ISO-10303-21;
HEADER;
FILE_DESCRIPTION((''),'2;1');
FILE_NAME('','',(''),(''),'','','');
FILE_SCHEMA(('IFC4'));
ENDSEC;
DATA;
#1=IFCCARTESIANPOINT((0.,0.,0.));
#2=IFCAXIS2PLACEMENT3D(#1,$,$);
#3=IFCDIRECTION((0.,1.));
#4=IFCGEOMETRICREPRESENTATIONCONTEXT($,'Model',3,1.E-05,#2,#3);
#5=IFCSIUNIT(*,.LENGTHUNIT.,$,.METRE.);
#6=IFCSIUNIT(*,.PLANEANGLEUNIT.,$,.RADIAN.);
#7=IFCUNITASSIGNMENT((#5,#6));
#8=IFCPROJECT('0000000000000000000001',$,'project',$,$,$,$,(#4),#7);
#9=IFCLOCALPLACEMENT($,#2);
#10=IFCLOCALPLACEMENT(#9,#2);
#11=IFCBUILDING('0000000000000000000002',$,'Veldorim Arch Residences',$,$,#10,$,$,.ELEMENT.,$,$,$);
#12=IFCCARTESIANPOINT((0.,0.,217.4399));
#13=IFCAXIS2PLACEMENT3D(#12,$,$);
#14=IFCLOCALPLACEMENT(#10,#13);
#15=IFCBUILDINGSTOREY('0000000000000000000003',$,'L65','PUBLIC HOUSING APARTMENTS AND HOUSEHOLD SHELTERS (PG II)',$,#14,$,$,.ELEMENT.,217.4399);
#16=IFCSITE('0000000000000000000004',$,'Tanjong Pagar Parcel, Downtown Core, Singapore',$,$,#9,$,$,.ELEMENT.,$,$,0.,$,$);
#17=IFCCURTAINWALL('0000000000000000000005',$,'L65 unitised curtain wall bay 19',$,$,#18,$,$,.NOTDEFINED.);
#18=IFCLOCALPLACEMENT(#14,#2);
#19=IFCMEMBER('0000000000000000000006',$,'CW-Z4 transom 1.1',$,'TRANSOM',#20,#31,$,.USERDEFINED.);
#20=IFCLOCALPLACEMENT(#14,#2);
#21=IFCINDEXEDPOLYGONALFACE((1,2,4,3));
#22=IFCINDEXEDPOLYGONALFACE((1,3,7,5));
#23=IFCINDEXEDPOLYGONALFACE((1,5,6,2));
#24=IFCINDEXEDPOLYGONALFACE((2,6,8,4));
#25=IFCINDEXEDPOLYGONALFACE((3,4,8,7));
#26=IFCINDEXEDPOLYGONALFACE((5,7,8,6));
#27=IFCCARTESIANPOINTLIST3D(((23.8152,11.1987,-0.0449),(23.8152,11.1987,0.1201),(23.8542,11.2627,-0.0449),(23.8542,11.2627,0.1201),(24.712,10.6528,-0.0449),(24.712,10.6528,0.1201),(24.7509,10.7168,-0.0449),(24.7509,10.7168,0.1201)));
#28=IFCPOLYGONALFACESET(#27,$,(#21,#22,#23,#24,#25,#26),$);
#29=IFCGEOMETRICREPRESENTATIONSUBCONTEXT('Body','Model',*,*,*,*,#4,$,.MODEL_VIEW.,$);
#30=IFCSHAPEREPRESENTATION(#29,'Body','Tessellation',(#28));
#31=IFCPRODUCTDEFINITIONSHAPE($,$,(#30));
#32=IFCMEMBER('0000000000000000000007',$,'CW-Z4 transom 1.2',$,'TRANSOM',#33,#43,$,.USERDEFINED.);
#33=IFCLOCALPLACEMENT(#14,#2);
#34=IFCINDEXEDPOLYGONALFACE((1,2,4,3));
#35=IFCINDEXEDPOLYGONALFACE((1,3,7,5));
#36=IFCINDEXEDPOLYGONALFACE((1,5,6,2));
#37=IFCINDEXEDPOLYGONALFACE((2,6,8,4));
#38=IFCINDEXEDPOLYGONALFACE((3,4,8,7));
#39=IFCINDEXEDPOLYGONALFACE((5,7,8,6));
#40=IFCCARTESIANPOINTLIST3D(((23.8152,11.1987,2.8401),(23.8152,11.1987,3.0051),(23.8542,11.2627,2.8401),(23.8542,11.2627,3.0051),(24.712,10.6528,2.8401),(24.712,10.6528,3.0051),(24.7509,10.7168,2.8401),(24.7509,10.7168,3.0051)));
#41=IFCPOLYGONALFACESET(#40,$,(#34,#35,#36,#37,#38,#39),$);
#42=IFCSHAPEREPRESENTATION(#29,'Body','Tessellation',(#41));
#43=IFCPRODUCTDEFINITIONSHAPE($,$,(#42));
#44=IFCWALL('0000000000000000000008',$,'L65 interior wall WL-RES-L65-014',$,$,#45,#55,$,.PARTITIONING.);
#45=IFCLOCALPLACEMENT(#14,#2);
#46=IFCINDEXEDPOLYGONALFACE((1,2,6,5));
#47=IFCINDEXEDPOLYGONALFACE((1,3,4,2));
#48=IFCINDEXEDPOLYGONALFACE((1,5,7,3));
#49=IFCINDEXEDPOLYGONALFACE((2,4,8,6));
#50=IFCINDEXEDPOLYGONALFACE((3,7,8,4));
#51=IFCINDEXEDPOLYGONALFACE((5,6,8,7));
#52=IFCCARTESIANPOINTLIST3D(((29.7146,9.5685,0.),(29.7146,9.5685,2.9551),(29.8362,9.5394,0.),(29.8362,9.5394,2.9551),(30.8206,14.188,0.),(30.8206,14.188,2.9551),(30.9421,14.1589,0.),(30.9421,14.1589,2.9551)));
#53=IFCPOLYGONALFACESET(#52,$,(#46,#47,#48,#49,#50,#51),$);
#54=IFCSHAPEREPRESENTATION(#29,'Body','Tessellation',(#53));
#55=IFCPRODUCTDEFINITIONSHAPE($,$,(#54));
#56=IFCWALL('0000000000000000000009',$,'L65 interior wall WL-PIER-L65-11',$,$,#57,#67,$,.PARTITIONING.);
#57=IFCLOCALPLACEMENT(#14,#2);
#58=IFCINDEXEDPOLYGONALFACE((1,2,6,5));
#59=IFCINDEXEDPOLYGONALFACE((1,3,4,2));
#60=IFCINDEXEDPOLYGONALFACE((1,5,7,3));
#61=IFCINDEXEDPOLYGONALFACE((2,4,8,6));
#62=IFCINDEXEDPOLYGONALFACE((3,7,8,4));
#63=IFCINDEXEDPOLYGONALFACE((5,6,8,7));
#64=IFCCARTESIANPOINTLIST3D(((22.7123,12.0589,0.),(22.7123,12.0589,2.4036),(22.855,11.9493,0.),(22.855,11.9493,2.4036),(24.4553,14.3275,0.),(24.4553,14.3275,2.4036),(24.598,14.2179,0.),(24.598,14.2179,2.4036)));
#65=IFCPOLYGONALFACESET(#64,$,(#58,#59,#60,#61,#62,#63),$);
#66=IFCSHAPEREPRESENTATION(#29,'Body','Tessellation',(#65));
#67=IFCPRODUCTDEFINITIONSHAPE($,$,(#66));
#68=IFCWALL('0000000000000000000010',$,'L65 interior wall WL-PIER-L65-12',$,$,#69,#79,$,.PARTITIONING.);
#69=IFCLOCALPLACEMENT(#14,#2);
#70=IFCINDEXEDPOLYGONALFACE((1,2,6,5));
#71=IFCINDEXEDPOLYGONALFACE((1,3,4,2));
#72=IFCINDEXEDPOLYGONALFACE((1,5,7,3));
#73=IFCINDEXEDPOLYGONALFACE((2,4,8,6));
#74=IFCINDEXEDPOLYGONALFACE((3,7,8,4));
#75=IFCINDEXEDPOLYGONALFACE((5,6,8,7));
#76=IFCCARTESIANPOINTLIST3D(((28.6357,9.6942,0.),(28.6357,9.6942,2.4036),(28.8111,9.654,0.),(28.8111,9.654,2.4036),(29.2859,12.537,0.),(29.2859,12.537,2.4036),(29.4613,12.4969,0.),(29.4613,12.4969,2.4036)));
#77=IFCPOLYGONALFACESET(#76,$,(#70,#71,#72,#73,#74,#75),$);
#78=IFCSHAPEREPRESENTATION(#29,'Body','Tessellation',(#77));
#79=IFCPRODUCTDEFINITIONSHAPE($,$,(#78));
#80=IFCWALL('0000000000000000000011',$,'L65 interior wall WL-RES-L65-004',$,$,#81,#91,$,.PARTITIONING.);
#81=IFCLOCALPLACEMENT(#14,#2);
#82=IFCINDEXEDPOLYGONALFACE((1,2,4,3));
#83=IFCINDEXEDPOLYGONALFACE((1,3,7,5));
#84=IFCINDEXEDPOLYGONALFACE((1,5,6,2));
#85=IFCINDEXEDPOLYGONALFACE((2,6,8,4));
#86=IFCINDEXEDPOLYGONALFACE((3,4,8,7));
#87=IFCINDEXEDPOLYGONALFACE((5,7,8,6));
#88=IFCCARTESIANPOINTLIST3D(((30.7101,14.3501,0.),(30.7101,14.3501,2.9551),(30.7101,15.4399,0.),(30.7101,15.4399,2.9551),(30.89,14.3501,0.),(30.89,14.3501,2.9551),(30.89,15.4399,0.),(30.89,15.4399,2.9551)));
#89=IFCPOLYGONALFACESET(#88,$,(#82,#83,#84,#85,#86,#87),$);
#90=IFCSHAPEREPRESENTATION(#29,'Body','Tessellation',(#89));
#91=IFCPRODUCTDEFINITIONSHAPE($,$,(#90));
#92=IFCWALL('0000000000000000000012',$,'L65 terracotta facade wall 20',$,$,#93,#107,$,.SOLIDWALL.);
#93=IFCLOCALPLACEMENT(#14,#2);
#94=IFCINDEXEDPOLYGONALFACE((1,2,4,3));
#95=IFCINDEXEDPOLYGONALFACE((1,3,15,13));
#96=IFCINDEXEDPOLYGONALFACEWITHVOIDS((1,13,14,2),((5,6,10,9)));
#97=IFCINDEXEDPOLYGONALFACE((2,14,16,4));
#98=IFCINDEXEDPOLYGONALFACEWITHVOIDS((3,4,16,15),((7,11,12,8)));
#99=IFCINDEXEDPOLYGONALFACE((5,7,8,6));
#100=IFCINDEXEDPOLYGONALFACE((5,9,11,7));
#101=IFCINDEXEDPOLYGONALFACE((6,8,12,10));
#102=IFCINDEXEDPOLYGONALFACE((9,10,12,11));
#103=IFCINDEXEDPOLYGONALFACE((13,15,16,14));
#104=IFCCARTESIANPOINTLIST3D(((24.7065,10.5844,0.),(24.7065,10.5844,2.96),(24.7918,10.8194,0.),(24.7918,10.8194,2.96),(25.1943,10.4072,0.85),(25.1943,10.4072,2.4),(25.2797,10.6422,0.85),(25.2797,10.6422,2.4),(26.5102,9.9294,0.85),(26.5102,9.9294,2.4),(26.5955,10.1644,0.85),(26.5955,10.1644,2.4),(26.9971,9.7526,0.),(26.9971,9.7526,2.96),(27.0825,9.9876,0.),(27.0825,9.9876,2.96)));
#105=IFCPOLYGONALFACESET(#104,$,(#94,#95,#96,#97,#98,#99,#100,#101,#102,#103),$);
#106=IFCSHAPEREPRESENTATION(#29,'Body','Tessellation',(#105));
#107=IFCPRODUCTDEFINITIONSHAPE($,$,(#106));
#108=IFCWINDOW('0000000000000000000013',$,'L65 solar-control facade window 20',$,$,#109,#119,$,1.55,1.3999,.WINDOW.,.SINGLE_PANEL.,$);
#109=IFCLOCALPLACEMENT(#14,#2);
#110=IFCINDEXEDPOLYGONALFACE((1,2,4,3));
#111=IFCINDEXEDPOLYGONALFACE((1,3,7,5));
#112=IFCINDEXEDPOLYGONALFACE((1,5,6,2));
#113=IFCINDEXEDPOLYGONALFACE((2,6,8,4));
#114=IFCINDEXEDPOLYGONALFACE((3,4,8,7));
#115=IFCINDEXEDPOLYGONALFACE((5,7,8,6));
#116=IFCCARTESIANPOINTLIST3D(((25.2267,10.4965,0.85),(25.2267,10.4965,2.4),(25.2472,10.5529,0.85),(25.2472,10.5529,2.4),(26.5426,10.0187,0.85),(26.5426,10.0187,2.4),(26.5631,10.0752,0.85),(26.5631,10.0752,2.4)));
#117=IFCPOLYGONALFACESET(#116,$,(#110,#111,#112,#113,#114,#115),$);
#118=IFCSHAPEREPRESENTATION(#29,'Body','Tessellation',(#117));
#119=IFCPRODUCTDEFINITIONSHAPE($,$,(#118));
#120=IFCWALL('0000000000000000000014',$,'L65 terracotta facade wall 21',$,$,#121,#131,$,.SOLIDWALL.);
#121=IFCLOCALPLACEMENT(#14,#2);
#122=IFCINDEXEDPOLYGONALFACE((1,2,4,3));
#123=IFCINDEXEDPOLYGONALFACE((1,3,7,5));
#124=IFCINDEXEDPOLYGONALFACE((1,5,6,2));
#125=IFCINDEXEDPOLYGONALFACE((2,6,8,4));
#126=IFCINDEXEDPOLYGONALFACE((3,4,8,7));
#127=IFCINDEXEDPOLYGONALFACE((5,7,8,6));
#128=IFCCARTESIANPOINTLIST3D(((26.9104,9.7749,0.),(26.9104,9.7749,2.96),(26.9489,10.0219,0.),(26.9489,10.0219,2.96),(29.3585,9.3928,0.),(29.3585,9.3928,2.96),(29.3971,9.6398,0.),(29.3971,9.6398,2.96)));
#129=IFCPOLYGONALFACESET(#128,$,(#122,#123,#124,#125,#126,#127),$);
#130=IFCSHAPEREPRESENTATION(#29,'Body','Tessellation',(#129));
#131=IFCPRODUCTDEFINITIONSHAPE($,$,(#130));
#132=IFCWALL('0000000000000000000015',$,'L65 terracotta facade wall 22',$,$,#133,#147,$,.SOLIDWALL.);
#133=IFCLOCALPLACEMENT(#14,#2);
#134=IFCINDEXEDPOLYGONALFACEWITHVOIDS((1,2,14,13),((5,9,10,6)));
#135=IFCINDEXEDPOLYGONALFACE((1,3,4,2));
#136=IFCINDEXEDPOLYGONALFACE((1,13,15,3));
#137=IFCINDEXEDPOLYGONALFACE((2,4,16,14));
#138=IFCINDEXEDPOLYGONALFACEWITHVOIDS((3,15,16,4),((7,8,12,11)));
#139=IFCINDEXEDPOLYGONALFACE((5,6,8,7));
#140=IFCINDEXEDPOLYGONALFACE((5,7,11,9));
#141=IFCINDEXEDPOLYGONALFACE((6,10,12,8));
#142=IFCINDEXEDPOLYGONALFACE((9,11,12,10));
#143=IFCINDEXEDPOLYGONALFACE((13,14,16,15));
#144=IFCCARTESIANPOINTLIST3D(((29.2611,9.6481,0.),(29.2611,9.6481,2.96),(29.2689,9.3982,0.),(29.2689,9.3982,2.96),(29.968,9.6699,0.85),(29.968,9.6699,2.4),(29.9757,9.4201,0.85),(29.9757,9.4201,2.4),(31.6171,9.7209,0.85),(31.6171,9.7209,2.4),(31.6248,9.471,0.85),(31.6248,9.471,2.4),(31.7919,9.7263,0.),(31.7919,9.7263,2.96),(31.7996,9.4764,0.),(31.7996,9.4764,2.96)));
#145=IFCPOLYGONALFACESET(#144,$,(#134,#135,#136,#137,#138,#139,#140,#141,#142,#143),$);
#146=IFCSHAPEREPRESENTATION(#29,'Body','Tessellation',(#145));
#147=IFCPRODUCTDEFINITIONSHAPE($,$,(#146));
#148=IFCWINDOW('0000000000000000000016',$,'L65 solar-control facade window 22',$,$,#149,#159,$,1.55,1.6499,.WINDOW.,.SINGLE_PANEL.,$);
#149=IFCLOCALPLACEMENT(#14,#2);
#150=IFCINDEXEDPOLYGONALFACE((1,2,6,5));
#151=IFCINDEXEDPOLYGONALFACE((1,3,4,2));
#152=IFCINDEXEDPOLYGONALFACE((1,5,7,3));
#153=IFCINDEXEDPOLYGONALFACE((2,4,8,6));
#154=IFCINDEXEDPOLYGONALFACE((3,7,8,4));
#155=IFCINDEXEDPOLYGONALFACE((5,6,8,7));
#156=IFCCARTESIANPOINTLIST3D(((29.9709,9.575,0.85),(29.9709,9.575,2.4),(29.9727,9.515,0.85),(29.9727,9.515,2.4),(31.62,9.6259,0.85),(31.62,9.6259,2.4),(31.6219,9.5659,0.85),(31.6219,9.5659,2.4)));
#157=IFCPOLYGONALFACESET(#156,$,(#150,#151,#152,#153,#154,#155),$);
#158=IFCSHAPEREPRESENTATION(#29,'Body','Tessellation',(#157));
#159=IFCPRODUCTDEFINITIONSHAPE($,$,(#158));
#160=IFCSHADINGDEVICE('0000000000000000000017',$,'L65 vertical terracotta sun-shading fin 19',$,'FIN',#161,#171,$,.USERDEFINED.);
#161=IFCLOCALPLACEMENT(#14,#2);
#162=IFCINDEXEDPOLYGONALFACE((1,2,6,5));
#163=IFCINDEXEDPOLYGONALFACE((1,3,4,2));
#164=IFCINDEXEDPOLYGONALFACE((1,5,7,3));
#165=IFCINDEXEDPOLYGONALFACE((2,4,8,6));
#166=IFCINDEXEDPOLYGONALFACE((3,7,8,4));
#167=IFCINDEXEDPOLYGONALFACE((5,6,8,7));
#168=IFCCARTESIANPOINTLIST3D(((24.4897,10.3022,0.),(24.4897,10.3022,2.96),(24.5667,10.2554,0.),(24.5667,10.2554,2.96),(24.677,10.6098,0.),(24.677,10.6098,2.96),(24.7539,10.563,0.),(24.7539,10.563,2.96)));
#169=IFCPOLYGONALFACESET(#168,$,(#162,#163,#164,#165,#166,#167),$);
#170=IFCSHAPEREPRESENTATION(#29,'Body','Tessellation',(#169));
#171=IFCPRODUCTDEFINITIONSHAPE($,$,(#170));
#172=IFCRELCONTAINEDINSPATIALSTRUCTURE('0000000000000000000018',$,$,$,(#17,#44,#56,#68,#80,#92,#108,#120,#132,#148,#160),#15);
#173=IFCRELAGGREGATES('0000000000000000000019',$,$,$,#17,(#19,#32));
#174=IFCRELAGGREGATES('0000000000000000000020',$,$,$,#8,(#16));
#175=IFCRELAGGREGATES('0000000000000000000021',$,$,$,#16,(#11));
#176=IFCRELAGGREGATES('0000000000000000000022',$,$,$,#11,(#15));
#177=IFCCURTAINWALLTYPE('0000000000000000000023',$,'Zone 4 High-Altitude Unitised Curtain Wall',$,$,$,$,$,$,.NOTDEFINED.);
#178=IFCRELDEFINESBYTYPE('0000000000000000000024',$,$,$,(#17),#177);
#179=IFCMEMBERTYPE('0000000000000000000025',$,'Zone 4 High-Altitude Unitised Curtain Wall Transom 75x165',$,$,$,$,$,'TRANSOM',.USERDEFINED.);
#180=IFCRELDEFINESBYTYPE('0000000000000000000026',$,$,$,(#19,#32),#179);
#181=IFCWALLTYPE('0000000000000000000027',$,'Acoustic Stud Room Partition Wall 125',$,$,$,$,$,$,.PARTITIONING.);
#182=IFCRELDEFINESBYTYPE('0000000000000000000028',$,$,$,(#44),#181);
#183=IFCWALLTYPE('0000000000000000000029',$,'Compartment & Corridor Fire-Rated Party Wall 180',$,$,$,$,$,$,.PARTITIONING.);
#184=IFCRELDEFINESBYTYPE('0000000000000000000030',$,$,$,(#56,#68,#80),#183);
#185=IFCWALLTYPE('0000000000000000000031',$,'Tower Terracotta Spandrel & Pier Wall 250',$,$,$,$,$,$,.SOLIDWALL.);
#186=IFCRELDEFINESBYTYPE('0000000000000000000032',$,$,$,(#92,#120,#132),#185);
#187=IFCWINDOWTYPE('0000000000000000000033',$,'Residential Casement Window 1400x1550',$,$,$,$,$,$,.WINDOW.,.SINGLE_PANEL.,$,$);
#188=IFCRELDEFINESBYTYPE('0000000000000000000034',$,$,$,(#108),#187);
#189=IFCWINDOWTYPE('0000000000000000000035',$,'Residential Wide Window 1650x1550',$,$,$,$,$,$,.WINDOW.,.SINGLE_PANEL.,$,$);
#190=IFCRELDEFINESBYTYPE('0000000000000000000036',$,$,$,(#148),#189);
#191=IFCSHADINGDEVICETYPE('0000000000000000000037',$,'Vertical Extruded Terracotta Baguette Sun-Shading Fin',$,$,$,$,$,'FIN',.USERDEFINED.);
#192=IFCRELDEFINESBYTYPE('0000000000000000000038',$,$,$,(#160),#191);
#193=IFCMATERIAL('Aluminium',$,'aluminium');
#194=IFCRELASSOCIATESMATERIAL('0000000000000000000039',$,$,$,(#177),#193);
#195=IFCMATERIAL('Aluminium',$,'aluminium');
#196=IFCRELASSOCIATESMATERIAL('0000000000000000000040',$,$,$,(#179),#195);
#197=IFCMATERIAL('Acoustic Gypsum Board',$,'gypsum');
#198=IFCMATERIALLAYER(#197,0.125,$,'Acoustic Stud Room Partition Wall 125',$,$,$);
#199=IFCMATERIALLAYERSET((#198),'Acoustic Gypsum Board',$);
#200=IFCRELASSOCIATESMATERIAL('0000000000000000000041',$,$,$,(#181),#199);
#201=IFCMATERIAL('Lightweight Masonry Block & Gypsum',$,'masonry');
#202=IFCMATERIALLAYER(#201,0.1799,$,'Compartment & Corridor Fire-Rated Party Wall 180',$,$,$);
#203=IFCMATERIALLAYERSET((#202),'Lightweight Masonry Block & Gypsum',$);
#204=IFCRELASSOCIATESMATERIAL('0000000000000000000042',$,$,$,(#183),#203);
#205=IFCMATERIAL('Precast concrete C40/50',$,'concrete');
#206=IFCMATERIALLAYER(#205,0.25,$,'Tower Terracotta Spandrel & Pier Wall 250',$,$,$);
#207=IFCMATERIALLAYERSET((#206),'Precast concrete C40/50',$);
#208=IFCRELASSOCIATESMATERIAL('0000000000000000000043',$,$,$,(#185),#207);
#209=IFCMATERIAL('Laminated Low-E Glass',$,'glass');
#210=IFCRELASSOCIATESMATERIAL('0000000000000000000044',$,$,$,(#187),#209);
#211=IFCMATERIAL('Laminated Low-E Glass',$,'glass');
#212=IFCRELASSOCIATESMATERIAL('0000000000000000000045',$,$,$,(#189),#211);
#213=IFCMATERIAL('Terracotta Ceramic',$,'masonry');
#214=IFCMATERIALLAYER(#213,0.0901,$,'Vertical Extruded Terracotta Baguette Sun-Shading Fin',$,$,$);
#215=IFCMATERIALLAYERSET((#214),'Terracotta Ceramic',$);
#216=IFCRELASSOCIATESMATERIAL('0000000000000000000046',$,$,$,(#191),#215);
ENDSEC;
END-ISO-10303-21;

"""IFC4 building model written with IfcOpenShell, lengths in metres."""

from ifc_helpers import new_model, si_unit, direction, frame, frame_2d, origin, origin_2d, place, context, subcontext, project, spatial, rectangle, extrude, material, layer, layer_set, material_profile, profile_set, type_object, element, fill, aggregate, save


model = new_model("IFC4")

# Units and contexts
model_context = context("Model", 3, precision=1e-05, world=origin(), true_north=direction((0.0, 1.0)))
body_context = subcontext(model_context, "Body", "Model", "MODEL_VIEW")
ifc_project = project(units=[si_unit("LENGTHUNIT", "METRE"), si_unit("PLANEANGLEUNIT", "RADIAN")], contexts=[model_context])

# Site, building, storey
site_placement = place(None, origin())
site = spatial("IfcSite", under=ifc_project, at=site_placement, Name="Tanjong Pagar Parcel, Downtown Core, Singapore", CompositionType="ELEMENT", RefElevation=0.0)
building_placement = place(site_placement, origin())
building = spatial("IfcBuilding", under=site, at=building_placement, Name="Veldorim Arch Residences", CompositionType="ELEMENT")
storey_placement = place(building_placement, frame((0.0, 0.0, 217.4399)))
storey = spatial("IfcBuildingStorey", under=building, at=storey_placement, Name="L65", Description="PUBLIC HOUSING APARTMENTS AND HOUSEHOLD SHELTERS (PG II)", CompositionType="ELEMENT", Elevation=217.4399)

# Curtain wall, members
ifc_material_1 = material(Name="Aluminium", Category="aluminium")
curtain_wall_type = type_object("IfcCurtainWallType", Name="Zone 4 High-Altitude Unitised Curtain Wall", PredefinedType="NOTDEFINED", material=ifc_material_1)
curtain_wall_placement = place(storey_placement, origin())
curtain_wall = element("IfcCurtainWall", 1, at=curtain_wall_placement, inside=storey, type_object=curtain_wall_type, Name="L65 unitised curtain wall bay 19", PredefinedType="NOTDEFINED")
ifc_material_2 = material(Name="Aluminium", Category="aluminium")
ifc_material_profile_1 = material_profile(ifc_material_2, rectangle(XDim=0.075, YDim=0.165, at=origin_2d()), Name="ALU_TRN_75x165")
ifc_profile_set_1 = profile_set([ifc_material_profile_1], Name="Aluminium")
member_type_1 = type_object("IfcMemberType", Name="Zone 4 High-Altitude Unitised Curtain Wall Transom 75x165", ElementType="TRANSOM", PredefinedType="USERDEFINED", material=ifc_profile_set_1)
member_1_placement = place(storey_placement, frame((24.7314, 10.6848, 0.0376), z_axis=(-0.854172, 0.519991, 0.0), x_axis=(-0.519991, -0.854172, 0.0)))
member_1 = element("IfcMember", 2, at=member_1_placement, type_object=member_type_1, Name="CW-Z4 transom 1.1", ObjectType="TRANSOM", PredefinedType="USERDEFINED", context=body_context, shape_type="SweptSolid", body=[
    extrude(rectangle(XDim=0.075, YDim=0.165, at=origin_2d()), origin(), (0.0, 0.0, 1.0), 1.0498),
])
member_2_placement = place(storey_placement, frame((24.7314, 10.6848, 2.9226), z_axis=(-0.854172, 0.519991, 0.0), x_axis=(-0.519991, -0.854172, 0.0)))
member_2 = element("IfcMember", 3, at=member_2_placement, type_object=member_type_1, Name="CW-Z4 transom 1.2", ObjectType="TRANSOM", PredefinedType="USERDEFINED", context=body_context, shape_type="SweptSolid", body=[
    extrude(rectangle(XDim=0.075, YDim=0.165, at=origin_2d()), origin(), (0.0, 0.0, 1.0), 1.0498),
])
aggregate(curtain_wall, [member_1, member_2])

# Walls
ifc_material_3 = material(Name="Acoustic Gypsum Board", Category="gypsum")
ifc_layer_1 = layer(ifc_material_3, 0.125, Name="Acoustic Stud Room Partition Wall 125")
ifc_layer_set_1 = layer_set([ifc_layer_1], Name="Acoustic Gypsum Board")
wall_type_1 = type_object("IfcWallType", Name="Acoustic Stud Room Partition Wall 125", PredefinedType="PARTITIONING", material=ifc_layer_set_1)
wall_1_placement = place(storey_placement, frame((29.7754, 9.554, 0.0), z_axis=(0.0, 0.0, 1.0), x_axis=(0.232836, 0.972516, 0.0)))
element("IfcWall", 4, at=wall_1_placement, inside=storey, type_object=wall_type_1, Name="L65 interior wall WL-RES-L65-014", PredefinedType="PARTITIONING", context=body_context, shape_type="SweptSolid", body=[
    extrude(rectangle(XDim=4.75, YDim=0.125, at=frame_2d((2.375, 0.0))), origin(), (0.0, 0.0, 1.0), 2.9551),
])
ifc_material_4 = material(Name="Lightweight Masonry Block & Gypsum", Category="masonry")
ifc_layer_2 = layer(ifc_material_4, 0.1799, Name="Compartment & Corridor Fire-Rated Party Wall 180")
ifc_layer_set_2 = layer_set([ifc_layer_2], Name="Lightweight Masonry Block & Gypsum")
wall_type_2 = type_object("IfcWallType", Name="Compartment & Corridor Fire-Rated Party Wall 180", PredefinedType="PARTITIONING", material=ifc_layer_set_2)
wall_2_placement = place(storey_placement, frame((24.5266, 14.2727, 0.0), z_axis=(0.0, 0.0, 1.0), x_axis=(-0.609245, -0.792982, 0.0)))
element("IfcWall", 5, at=wall_2_placement, inside=storey, type_object=wall_type_2, Name="L65 interior wall WL-PIER-L65-11", PredefinedType="PARTITIONING", context=body_context, shape_type="SweptSolid", body=[
    extrude(rectangle(XDim=2.8608, YDim=0.1799, at=frame_2d((1.4304, 0.0))), origin(), (0.0, 0.0, 1.0), 2.4036),
])
wall_3_placement = place(storey_placement, frame((29.3735, 12.5168, 0.0), z_axis=(0.0, 0.0, 1.0), x_axis=(-0.222945, -0.974831, 0.0)))
element("IfcWall", 6, at=wall_3_placement, inside=storey, type_object=wall_type_2, Name="L65 interior wall WL-PIER-L65-12", PredefinedType="PARTITIONING", context=body_context, shape_type="SweptSolid", body=[
    extrude(rectangle(XDim=2.9163, YDim=0.1799, at=frame_2d((1.458, 0.0))), origin(), (0.0, 0.0, 1.0), 2.4036),
])
wall_4_placement = place(storey_placement, frame((30.8, 14.3501, 0.0), z_axis=(0.0, 0.0, 1.0), x_axis=(0.0, 1.0, 0.0)))
element("IfcWall", 7, at=wall_4_placement, inside=storey, type_object=wall_type_2, Name="L65 interior wall WL-RES-L65-004", PredefinedType="PARTITIONING", context=body_context, shape_type="SweptSolid", body=[
    extrude(rectangle(XDim=1.0898, YDim=0.1799, at=frame_2d((0.5449, 0.0))), origin(), (0.0, 0.0, 1.0), 2.9551),
])

# Wall, opening, window
ifc_material_5 = material(Name="Precast concrete C40/50", Category="concrete")
ifc_layer_3 = layer(ifc_material_5, 0.25, Name="Tower Terracotta Spandrel & Pier Wall 250")
ifc_layer_set_3 = layer_set([ifc_layer_3], Name="Precast concrete C40/50")
wall_type_3 = type_object("IfcWallType", Name="Tower Terracotta Spandrel & Pier Wall 250", PredefinedType="SOLIDWALL", material=ifc_layer_set_3)
wall_5_placement = place(storey_placement, frame((27.0398, 9.8701, 0.0), z_axis=(0.0, 0.0, 1.0), x_axis=(-0.939954, 0.341301, 0.0)))
wall_5 = element("IfcWall", 8, at=wall_5_placement, inside=storey, type_object=wall_type_3, Name="L65 terracotta facade wall 20", PredefinedType="SOLIDWALL", context=body_context, shape_type="SweptSolid", body=[
    extrude(rectangle(XDim=2.437, YDim=0.25, at=frame_2d((1.2185, 0.0))), origin(), (0.0, 0.0, 1.0), 2.96),
])
opening_1_placement = place(wall_5_placement, frame((0.5181, 0.0, 0.8501)))
opening_1 = element("IfcOpeningElement", 9, at=opening_1_placement, cuts=wall_5, PredefinedType="OPENING", context=body_context, shape_type="SweptSolid", body=[
    extrude(rectangle(XDim=1.3999, YDim=1.55, at=frame_2d((0.7, 0.7749))), frame((0.0, 0.135, 0.0), z_axis=(0.0, -1.0, 0.0), x_axis=(1.0, 0.0, 0.0)), (0.0, 0.0, 1.0), 0.27),
])
ifc_material_6 = material(Name="Laminated Low-E Glass", Category="glass")
window_type_1 = type_object("IfcWindowType", Name="Residential Casement Window 1400x1550", PartitioningType="SINGLE_PANEL", PredefinedType="WINDOW", material=ifc_material_6)
window_1_placement = place(opening_1_placement, origin())
window_1 = element("IfcWindow", 10, at=window_1_placement, inside=storey, type_object=window_type_1, Name="L65 solar-control facade window 20", OverallHeight=1.55, OverallWidth=1.3999, PartitioningType="SINGLE_PANEL", PredefinedType="WINDOW", context=body_context, shape_type="SweptSolid", body=[
    extrude(rectangle(XDim=1.3999, YDim=1.55, at=frame_2d((0.7, 0.7749))), frame((0.0, 0.03, 0.0), z_axis=(0.0, -1.0, 0.0), x_axis=(1.0, 0.0, 0.0)), (0.0, 0.0, 1.0), 0.0601),
])
fill(opening_1, window_1)

# Wall
wall_6_placement = place(storey_placement, frame((29.3777, 9.5164, 0.0), z_axis=(0.0, 0.0, 1.0), x_axis=(-0.98804, 0.154197, 0.0)))
element("IfcWall", 11, at=wall_6_placement, inside=storey, type_object=wall_type_3, Name="L65 terracotta facade wall 21", PredefinedType="SOLIDWALL", context=body_context, shape_type="SweptSolid", body=[
    extrude(rectangle(XDim=2.4778, YDim=0.25, at=frame_2d((1.2388, 0.0))), origin(), (0.0, 0.0, 1.0), 2.96),
])

# Wall, opening, window
wall_7_placement = place(storey_placement, frame((31.7959, 9.6013, 0.0), z_axis=(0.0, 0.0, 1.0), x_axis=(-0.999524, -0.030855, 0.0)))
wall_7 = element("IfcWall", 12, at=wall_7_placement, inside=storey, type_object=wall_type_3, Name="L65 terracotta facade wall 22", PredefinedType="SOLIDWALL", context=body_context, shape_type="SweptSolid", body=[
    extrude(rectangle(XDim=2.532, YDim=0.25, at=frame_2d((1.2661, 0.0))), origin(), (0.0, 0.0, 1.0), 2.96),
])
opening_2_placement = place(wall_7_placement, frame((0.175, 0.0, 0.8501)))
opening_2 = element("IfcOpeningElement", 13, at=opening_2_placement, cuts=wall_7, PredefinedType="OPENING", context=body_context, shape_type="SweptSolid", body=[
    extrude(rectangle(XDim=1.6499, YDim=1.55, at=frame_2d((0.825, 0.7749))), frame((0.0, 0.135, 0.0), z_axis=(0.0, -1.0, 0.0), x_axis=(1.0, 0.0, 0.0)), (0.0, 0.0, 1.0), 0.27),
])
ifc_material_7 = material(Name="Laminated Low-E Glass", Category="glass")
window_type_2 = type_object("IfcWindowType", Name="Residential Wide Window 1650x1550", PartitioningType="SINGLE_PANEL", PredefinedType="WINDOW", material=ifc_material_7)
window_2_placement = place(opening_2_placement, origin())
window_2 = element("IfcWindow", 14, at=window_2_placement, inside=storey, type_object=window_type_2, Name="L65 solar-control facade window 22", OverallHeight=1.55, OverallWidth=1.6499, PartitioningType="SINGLE_PANEL", PredefinedType="WINDOW", context=body_context, shape_type="SweptSolid", body=[
    extrude(rectangle(XDim=1.6499, YDim=1.55, at=frame_2d((0.825, 0.7749))), frame((0.0, 0.03, 0.0), z_axis=(0.0, -1.0, 0.0), x_axis=(1.0, 0.0, 0.0)), (0.0, 0.0, 1.0), 0.0601),
])
fill(opening_2, window_2)

# Shading device
ifc_material_8 = material(Name="Terracotta Ceramic", Category="masonry")
ifc_layer_4 = layer(ifc_material_8, 0.0901, Name="Vertical Extruded Terracotta Baguette Sun-Shading Fin")
ifc_layer_set_4 = layer_set([ifc_layer_4], Name="Terracotta Ceramic")
shading_device_type = type_object("IfcShadingDeviceType", Name="Vertical Extruded Terracotta Baguette Sun-Shading Fin", ElementType="FIN", PredefinedType="USERDEFINED", material=ifc_layer_set_4)
shading_device_placement = place(storey_placement, frame((24.6218, 10.4326, 0.0), z_axis=(0.0, 0.0, 1.0), x_axis=(-0.854187, 0.519966, 0.0)))
element("IfcShadingDevice", 15, at=shading_device_placement, inside=storey, type_object=shading_device_type, Name="L65 vertical terracotta sun-shading fin 19", ObjectType="FIN", PredefinedType="USERDEFINED", context=body_context, shape_type="SweptSolid", body=[
    extrude(rectangle(XDim=0.0901, YDim=0.3601, at=origin_2d()), origin(), (0.0, 0.0, 1.0), 2.96),
])

save(model, "model.ifc")
